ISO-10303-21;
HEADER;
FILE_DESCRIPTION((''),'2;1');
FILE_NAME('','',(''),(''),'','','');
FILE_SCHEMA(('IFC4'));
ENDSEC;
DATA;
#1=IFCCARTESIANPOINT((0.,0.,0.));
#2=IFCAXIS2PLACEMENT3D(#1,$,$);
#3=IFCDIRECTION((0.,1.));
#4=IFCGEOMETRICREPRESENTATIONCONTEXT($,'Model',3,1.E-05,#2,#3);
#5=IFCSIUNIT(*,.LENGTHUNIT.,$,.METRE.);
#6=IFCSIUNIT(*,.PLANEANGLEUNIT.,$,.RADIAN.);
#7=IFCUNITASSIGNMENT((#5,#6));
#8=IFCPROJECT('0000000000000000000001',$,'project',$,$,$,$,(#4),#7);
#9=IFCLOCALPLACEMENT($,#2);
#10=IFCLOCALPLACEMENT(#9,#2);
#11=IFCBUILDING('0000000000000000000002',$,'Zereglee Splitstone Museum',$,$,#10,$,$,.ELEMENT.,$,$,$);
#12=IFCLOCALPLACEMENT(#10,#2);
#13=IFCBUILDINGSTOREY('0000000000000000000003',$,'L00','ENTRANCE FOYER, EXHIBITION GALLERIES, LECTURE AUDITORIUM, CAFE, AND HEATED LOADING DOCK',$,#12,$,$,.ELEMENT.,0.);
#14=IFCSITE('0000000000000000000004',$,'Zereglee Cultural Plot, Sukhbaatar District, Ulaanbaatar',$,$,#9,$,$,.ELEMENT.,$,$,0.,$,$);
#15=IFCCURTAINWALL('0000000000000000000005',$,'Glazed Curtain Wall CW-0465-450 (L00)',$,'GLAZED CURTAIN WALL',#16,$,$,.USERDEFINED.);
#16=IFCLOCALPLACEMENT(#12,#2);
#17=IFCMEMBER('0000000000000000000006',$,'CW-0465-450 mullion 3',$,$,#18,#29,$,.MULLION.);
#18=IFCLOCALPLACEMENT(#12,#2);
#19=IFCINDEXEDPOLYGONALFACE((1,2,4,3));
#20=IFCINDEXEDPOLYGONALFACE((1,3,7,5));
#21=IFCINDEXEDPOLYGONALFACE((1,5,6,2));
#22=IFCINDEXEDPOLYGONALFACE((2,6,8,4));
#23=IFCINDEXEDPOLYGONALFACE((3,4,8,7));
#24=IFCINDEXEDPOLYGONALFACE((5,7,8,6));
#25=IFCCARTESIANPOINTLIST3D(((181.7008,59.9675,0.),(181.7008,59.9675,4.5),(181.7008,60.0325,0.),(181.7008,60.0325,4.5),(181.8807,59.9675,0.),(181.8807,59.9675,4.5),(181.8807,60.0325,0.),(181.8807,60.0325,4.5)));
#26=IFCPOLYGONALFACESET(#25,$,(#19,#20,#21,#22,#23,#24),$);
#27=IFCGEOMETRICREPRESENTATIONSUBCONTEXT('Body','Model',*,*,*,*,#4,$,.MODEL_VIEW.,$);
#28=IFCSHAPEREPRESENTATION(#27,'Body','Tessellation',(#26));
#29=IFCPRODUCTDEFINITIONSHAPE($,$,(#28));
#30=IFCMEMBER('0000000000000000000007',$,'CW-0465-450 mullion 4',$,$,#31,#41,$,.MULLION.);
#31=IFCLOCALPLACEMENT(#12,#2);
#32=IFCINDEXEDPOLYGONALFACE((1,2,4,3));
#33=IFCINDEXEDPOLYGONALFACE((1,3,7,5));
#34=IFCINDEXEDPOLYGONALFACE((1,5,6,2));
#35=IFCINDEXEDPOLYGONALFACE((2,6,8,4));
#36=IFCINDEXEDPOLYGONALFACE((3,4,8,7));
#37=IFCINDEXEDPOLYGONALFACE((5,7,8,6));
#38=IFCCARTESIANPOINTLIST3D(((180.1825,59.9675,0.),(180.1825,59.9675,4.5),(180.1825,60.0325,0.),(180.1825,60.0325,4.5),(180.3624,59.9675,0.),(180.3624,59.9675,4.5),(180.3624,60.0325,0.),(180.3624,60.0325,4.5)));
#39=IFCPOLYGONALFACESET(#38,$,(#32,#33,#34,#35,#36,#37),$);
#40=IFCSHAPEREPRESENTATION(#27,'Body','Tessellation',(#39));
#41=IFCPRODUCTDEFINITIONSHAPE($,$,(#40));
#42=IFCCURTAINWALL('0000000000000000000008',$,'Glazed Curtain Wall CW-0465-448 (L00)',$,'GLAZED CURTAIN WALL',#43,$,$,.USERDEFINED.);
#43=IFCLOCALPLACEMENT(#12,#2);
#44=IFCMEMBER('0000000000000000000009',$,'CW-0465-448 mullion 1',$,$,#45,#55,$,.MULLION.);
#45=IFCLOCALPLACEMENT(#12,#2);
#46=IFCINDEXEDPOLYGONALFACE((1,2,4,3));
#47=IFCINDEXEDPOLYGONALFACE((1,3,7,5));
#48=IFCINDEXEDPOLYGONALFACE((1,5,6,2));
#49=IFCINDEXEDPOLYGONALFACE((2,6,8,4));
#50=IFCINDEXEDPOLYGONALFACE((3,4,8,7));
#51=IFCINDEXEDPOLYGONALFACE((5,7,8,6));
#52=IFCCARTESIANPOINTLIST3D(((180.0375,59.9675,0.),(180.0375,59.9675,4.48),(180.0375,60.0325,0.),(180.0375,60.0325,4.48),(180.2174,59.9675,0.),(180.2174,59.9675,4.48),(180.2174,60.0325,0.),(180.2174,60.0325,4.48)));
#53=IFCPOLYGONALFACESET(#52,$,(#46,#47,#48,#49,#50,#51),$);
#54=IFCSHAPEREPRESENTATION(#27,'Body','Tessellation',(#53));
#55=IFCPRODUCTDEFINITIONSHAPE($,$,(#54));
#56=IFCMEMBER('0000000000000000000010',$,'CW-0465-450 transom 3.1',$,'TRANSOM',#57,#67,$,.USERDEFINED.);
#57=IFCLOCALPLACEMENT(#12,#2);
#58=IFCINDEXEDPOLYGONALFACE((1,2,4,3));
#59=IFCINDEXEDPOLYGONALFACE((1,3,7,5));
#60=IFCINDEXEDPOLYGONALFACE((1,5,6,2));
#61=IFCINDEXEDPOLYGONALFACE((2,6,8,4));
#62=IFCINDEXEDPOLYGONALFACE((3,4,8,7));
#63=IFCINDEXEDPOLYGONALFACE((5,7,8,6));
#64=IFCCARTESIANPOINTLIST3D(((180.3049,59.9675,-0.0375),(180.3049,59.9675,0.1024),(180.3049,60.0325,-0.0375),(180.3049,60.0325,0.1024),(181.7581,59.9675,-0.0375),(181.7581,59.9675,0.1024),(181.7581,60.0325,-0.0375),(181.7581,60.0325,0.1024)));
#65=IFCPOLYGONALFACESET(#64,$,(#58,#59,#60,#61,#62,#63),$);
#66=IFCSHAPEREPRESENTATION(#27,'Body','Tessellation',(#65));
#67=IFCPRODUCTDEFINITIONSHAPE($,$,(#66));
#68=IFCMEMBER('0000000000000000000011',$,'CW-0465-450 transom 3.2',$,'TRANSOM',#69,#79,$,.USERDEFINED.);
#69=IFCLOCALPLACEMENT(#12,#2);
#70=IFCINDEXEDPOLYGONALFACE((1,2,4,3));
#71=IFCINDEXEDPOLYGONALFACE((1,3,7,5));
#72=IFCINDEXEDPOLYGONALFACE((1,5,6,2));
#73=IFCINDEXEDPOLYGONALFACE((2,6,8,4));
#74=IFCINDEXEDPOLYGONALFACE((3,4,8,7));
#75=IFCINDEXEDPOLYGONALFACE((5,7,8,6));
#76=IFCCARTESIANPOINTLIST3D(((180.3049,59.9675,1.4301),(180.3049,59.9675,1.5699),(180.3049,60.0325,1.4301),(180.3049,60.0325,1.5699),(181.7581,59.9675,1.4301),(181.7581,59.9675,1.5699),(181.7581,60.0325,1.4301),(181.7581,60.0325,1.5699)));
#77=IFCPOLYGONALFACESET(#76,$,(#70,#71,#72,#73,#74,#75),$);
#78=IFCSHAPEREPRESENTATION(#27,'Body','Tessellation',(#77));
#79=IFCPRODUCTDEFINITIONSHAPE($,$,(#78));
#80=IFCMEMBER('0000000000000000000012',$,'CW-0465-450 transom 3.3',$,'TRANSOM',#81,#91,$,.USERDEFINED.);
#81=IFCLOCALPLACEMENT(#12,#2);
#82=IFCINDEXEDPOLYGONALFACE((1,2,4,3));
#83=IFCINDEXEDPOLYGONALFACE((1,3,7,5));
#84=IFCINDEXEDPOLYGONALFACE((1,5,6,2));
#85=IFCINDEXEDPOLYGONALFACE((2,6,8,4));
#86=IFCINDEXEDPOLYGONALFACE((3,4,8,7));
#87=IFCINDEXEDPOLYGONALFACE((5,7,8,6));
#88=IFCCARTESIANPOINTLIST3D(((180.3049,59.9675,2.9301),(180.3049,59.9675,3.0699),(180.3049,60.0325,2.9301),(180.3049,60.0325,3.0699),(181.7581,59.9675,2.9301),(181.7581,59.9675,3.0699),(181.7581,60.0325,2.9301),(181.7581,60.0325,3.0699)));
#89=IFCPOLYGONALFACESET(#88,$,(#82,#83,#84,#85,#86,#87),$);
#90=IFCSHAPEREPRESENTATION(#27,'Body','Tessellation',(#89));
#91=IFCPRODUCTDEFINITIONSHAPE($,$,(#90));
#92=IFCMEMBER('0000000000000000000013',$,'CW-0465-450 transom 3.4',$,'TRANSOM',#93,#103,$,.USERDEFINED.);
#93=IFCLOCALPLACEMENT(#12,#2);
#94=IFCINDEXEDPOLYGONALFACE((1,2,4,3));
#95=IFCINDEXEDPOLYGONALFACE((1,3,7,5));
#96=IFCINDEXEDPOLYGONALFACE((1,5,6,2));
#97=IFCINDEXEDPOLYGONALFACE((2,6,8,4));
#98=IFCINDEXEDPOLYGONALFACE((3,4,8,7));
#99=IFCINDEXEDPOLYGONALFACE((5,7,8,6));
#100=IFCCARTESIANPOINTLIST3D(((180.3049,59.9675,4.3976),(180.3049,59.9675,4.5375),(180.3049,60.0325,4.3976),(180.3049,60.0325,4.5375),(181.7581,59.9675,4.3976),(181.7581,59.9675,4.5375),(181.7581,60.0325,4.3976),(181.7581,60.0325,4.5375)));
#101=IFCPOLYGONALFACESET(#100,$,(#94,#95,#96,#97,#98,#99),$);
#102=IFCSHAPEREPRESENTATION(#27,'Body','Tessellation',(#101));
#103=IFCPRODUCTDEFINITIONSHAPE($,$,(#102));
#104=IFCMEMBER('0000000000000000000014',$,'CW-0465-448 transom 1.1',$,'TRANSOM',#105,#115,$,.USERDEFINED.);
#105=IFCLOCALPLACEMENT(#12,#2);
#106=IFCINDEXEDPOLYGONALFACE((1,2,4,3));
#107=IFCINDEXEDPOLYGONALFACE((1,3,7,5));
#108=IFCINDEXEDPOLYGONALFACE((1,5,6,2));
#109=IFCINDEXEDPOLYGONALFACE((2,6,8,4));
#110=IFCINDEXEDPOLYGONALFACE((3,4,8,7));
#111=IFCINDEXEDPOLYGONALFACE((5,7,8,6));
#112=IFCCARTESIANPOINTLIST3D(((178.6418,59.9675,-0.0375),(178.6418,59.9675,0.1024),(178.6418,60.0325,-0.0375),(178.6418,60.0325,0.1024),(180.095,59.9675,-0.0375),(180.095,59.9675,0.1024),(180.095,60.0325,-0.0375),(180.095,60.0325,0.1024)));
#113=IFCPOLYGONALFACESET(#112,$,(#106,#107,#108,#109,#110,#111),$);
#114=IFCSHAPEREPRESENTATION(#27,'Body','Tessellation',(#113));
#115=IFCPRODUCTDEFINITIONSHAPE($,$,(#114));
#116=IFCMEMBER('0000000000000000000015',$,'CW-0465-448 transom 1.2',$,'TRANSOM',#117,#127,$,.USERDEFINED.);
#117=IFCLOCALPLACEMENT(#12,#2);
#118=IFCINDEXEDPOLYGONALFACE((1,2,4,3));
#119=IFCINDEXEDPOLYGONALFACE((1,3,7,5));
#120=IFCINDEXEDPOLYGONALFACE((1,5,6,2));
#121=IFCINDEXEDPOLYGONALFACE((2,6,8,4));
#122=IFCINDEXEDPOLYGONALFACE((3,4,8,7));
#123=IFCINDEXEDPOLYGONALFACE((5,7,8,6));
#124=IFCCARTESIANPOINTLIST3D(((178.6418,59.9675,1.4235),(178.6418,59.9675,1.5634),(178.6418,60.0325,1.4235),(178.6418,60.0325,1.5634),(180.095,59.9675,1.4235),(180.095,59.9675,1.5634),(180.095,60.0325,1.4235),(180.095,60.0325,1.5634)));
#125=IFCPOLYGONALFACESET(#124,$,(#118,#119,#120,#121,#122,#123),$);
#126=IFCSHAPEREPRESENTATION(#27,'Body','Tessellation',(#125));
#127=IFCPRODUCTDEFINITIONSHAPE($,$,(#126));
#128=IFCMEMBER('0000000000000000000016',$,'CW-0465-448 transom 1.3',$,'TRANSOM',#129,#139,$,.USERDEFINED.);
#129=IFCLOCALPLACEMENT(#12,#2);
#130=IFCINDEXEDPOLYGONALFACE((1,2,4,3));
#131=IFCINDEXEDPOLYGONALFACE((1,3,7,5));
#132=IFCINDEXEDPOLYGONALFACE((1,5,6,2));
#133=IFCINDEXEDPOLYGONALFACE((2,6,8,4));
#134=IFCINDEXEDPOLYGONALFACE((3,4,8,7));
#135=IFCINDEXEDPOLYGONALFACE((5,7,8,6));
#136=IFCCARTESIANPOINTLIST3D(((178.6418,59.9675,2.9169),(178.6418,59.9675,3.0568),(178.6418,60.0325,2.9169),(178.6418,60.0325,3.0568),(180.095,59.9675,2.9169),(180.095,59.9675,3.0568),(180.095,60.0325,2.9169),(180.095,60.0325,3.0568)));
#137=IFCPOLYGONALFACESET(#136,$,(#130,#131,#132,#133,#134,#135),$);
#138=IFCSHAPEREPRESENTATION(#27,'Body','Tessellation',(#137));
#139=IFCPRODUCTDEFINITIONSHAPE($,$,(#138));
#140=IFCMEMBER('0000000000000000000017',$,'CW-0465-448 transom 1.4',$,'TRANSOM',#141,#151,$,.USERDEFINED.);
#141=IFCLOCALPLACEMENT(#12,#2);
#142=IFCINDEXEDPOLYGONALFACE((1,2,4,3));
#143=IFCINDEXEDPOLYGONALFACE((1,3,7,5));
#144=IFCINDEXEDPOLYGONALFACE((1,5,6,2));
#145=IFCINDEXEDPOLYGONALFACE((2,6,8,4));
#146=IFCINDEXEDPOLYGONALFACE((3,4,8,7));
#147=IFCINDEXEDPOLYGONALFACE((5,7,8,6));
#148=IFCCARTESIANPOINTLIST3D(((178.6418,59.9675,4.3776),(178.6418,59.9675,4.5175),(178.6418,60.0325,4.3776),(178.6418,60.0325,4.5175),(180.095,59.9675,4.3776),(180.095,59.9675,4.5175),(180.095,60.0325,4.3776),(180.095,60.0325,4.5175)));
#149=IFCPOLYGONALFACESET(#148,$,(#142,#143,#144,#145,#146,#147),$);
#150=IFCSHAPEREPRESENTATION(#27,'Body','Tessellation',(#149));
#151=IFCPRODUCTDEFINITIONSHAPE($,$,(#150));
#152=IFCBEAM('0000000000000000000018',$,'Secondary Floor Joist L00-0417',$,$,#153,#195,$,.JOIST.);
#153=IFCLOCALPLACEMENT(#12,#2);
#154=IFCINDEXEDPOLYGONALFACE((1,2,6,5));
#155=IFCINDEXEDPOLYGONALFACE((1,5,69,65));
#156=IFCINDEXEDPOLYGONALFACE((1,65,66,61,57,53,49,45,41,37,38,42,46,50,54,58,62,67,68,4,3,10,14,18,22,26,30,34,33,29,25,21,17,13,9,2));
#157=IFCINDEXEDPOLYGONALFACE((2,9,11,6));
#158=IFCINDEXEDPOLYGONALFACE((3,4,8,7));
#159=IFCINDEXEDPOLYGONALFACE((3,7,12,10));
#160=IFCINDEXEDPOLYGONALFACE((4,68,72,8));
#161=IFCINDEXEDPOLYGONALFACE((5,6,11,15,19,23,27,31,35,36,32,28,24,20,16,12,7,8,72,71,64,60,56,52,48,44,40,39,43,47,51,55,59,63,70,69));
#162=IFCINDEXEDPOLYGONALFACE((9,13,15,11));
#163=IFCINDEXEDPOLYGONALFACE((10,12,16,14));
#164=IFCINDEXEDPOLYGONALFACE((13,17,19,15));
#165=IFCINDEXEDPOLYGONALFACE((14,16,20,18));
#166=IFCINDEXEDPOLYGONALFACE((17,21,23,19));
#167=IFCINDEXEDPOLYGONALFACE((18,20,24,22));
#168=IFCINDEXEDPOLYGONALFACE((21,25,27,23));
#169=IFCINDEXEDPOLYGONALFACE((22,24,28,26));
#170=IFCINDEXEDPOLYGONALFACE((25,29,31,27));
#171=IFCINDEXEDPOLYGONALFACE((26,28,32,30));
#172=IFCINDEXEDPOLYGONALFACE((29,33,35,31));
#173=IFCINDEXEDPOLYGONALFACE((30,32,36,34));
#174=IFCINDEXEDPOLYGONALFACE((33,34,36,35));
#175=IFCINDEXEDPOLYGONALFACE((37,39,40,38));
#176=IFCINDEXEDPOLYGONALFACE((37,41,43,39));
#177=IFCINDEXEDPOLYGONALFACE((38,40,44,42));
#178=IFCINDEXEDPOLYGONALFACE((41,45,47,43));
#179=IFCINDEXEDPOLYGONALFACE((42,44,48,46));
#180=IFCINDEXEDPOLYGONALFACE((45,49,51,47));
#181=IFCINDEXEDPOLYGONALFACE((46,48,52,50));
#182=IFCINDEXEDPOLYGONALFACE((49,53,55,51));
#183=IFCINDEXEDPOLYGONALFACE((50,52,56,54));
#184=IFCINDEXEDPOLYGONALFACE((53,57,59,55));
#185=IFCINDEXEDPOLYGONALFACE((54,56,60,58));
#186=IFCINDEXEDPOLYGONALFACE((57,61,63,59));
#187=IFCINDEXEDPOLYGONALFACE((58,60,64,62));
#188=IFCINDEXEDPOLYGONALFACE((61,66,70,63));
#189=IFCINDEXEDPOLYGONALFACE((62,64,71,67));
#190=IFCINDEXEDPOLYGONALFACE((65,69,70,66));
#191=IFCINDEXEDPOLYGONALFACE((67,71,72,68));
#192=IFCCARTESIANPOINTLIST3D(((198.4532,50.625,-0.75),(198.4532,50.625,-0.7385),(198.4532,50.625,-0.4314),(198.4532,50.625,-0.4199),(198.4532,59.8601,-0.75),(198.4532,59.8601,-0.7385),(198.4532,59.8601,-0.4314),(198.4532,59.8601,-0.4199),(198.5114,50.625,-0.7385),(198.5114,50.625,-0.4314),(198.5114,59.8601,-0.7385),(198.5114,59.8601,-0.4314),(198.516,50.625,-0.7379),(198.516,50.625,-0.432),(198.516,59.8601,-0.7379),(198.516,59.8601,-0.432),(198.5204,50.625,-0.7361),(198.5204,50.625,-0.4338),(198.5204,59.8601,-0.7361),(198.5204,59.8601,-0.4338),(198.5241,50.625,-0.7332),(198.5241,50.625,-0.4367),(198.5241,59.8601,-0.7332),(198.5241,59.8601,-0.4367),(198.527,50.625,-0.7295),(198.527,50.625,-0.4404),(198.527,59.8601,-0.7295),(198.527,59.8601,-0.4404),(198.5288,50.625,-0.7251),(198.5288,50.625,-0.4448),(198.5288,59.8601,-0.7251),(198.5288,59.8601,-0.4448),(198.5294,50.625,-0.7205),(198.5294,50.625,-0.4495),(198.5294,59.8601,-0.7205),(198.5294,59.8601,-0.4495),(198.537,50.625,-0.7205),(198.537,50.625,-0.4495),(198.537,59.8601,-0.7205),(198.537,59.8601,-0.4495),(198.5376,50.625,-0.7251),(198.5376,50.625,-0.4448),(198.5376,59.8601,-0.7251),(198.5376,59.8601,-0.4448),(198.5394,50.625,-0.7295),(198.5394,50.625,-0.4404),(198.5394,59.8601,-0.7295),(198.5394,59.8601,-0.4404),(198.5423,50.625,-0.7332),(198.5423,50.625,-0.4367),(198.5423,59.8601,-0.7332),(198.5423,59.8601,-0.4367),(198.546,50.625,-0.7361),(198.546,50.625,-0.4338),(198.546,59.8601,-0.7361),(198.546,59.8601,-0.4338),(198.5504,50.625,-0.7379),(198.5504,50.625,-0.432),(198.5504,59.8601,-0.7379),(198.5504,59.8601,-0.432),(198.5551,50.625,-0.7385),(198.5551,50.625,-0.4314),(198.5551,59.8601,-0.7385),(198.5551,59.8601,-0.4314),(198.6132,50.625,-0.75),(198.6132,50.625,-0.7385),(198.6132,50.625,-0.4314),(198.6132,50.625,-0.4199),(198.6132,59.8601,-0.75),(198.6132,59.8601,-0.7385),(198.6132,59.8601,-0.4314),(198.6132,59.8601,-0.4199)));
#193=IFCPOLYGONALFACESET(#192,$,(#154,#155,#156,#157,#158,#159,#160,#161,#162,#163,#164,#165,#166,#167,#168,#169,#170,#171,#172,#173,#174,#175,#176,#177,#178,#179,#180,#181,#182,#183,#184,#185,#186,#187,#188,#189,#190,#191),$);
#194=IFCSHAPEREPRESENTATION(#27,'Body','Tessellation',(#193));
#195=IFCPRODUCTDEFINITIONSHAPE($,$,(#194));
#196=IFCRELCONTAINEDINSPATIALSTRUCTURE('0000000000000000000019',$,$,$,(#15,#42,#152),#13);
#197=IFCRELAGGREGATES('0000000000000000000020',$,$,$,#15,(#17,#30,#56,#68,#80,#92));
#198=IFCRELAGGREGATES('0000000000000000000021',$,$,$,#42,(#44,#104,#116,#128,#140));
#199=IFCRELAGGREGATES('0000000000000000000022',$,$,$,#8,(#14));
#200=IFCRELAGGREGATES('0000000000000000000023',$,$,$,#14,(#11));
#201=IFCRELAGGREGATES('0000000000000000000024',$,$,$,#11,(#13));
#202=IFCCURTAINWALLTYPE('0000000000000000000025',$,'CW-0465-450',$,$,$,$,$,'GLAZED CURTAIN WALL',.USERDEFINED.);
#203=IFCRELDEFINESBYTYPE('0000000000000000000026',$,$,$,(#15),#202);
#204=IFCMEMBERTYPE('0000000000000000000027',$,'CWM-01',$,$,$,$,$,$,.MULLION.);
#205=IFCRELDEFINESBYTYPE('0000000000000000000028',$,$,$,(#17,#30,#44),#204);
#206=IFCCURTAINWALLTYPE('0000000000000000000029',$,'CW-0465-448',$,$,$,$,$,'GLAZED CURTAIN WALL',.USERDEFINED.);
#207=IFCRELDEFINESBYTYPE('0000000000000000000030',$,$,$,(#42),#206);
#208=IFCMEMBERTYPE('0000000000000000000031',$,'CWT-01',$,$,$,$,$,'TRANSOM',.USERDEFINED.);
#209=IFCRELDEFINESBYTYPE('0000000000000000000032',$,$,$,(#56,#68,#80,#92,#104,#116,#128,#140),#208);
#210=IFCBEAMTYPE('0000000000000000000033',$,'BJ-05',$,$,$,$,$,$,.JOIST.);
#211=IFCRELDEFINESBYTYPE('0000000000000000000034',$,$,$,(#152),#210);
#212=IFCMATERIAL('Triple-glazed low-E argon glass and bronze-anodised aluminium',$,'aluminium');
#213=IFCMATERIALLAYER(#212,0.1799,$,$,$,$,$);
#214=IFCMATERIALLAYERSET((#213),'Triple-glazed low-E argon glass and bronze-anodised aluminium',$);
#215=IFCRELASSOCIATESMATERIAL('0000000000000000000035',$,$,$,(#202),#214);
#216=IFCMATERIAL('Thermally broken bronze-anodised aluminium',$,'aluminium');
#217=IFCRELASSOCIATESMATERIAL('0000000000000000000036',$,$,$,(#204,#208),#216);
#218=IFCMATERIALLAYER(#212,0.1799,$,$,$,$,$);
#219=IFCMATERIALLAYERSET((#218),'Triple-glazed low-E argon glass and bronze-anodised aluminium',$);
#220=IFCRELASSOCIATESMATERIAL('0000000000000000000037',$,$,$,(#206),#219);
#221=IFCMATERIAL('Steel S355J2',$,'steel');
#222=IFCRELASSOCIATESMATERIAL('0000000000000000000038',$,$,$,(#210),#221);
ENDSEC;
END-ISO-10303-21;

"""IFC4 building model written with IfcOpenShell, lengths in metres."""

from ifc_helpers import new_model, si_unit, direction, frame, origin, origin_2d, place, context, subcontext, project, spatial, rectangle, i_section, extrude, material, layer, layer_set, material_profile, profile_set, type_object, element, aggregate, save


model = new_model("IFC4")

# Units and contexts
model_context = context("Model", 3, precision=1e-05, world=origin(), true_north=direction((0.0, 1.0)))
body_context = subcontext(model_context, "Body", "Model", "MODEL_VIEW")
ifc_project = project(units=[si_unit("LENGTHUNIT", "METRE"), si_unit("PLANEANGLEUNIT", "RADIAN")], contexts=[model_context])

# Site, building, storey
site_placement = place(None, origin())
site = spatial("IfcSite", under=ifc_project, at=site_placement, Name="Zereglee Cultural Plot, Sukhbaatar District, Ulaanbaatar", CompositionType="ELEMENT", RefElevation=0.0)
building_placement = place(site_placement, origin())
building = spatial("IfcBuilding", under=site, at=building_placement, Name="Zereglee Splitstone Museum", CompositionType="ELEMENT")
storey_placement = place(building_placement, origin())
storey = spatial("IfcBuildingStorey", under=building, at=storey_placement, Name="L00", Description="ENTRANCE FOYER, EXHIBITION GALLERIES, LECTURE AUDITORIUM, CAFE, AND HEATED LOADING DOCK", CompositionType="ELEMENT", Elevation=0.0)

# Curtain wall, members
ifc_material_1 = material(Name="Triple-glazed low-E argon glass and bronze-anodised aluminium", Category="aluminium")
ifc_layer_1 = layer(ifc_material_1, 0.1799)
ifc_layer_set_1 = layer_set([ifc_layer_1], Name="Triple-glazed low-E argon glass and bronze-anodised aluminium")
curtain_wall_type_1 = type_object("IfcCurtainWallType", Name="CW-0465-450", ElementType="GLAZED CURTAIN WALL", PredefinedType="USERDEFINED", material=ifc_layer_set_1)
curtain_wall_1_placement = place(storey_placement, origin())
curtain_wall_1 = element("IfcCurtainWall", 1, at=curtain_wall_1_placement, inside=storey, type_object=curtain_wall_type_1, Name="Glazed Curtain Wall CW-0465-450 (L00)", ObjectType="GLAZED CURTAIN WALL", PredefinedType="USERDEFINED")
ifc_material_2 = material(Name="Thermally broken bronze-anodised aluminium", Category="aluminium")
ifc_material_profile_1 = material_profile(ifc_material_2, rectangle(XDim=0.0649, YDim=0.1799, at=origin_2d()), Name="CW MULL 65x180")
ifc_profile_set_1 = profile_set([ifc_material_profile_1], Name="Thermally broken bronze-anodised aluminium")
member_type_1 = type_object("IfcMemberType", Name="CWM-01", PredefinedType="MULLION", material=ifc_profile_set_1)
member_1_placement = place(storey_placement, frame((181.7908, 60.0, 0.0), z_axis=(0.0, 0.0, 1.0), x_axis=(0.0, -1.0, 0.0)))
member_1 = element("IfcMember", 2, at=member_1_placement, type_object=member_type_1, Name="CW-0465-450 mullion 3", PredefinedType="MULLION", context=body_context, shape_type="SweptSolid", body=[
    extrude(rectangle(XDim=0.0649, YDim=0.1799, at=origin_2d()), origin(), (0.0, 0.0, 1.0), 4.5),
])
member_2_placement = place(storey_placement, frame((180.2725, 60.0, 0.0), z_axis=(0.0, 0.0, 1.0), x_axis=(0.0, -1.0, 0.0)))
member_2 = element("IfcMember", 3, at=member_2_placement, type_object=member_type_1, Name="CW-0465-450 mullion 4", PredefinedType="MULLION", context=body_context, shape_type="SweptSolid", body=[
    extrude(rectangle(XDim=0.0649, YDim=0.1799, at=origin_2d()), origin(), (0.0, 0.0, 1.0), 4.5),
])

# Curtain wall, member
ifc_layer_2 = layer(ifc_material_1, 0.1799)
ifc_layer_set_2 = layer_set([ifc_layer_2], Name="Triple-glazed low-E argon glass and bronze-anodised aluminium")
curtain_wall_type_2 = type_object("IfcCurtainWallType", Name="CW-0465-448", ElementType="GLAZED CURTAIN WALL", PredefinedType="USERDEFINED", material=ifc_layer_set_2)
curtain_wall_2_placement = place(storey_placement, origin())
curtain_wall_2 = element("IfcCurtainWall", 4, at=curtain_wall_2_placement, inside=storey, type_object=curtain_wall_type_2, Name="Glazed Curtain Wall CW-0465-448 (L00)", ObjectType="GLAZED CURTAIN WALL", PredefinedType="USERDEFINED")
member_3_placement = place(storey_placement, frame((180.1274, 60.0, 0.0), z_axis=(0.0, 0.0, 1.0), x_axis=(0.0, -1.0, 0.0)))
member_3 = element("IfcMember", 5, at=member_3_placement, type_object=member_type_1, Name="CW-0465-448 mullion 1", PredefinedType="MULLION", context=body_context, shape_type="SweptSolid", body=[
    extrude(rectangle(XDim=0.0649, YDim=0.1799, at=origin_2d()), origin(), (0.0, 0.0, 1.0), 4.48),
])

# Members
ifc_material_profile_2 = material_profile(ifc_material_2, rectangle(XDim=0.0649, YDim=0.1399, at=origin_2d()), Name="CW TRAN 65x140")
ifc_profile_set_2 = profile_set([ifc_material_profile_2], Name="Thermally broken bronze-anodised aluminium")
member_type_2 = type_object("IfcMemberType", Name="CWT-01", ElementType="TRANSOM", PredefinedType="USERDEFINED", material=ifc_profile_set_2)
member_4_placement = place(storey_placement, frame((181.7581, 60.0, 0.0325), z_axis=(-1.0, 0.0, 0.0), x_axis=(0.0, -1.0, 0.0)))
member_4 = element("IfcMember", 6, at=member_4_placement, type_object=member_type_2, Name="CW-0465-450 transom 3.1", ObjectType="TRANSOM", PredefinedType="USERDEFINED", context=body_context, shape_type="SweptSolid", body=[
    extrude(rectangle(XDim=0.0649, YDim=0.1399, at=origin_2d()), origin(), (0.0, 0.0, 1.0), 1.4531),
])
member_5_placement = place(storey_placement, frame((181.7581, 60.0, 1.5), z_axis=(-1.0, 0.0, 0.0), x_axis=(0.0, -1.0, 0.0)))
member_5 = element("IfcMember", 7, at=member_5_placement, type_object=member_type_2, Name="CW-0465-450 transom 3.2", ObjectType="TRANSOM", PredefinedType="USERDEFINED", context=body_context, shape_type="SweptSolid", body=[
    extrude(rectangle(XDim=0.0649, YDim=0.1399, at=origin_2d()), origin(), (0.0, 0.0, 1.0), 1.4531),
])
member_6_placement = place(storey_placement, frame((181.7581, 60.0, 3.0), z_axis=(-1.0, 0.0, 0.0), x_axis=(0.0, -1.0, 0.0)))
member_6 = element("IfcMember", 8, at=member_6_placement, type_object=member_type_2, Name="CW-0465-450 transom 3.3", ObjectType="TRANSOM", PredefinedType="USERDEFINED", context=body_context, shape_type="SweptSolid", body=[
    extrude(rectangle(XDim=0.0649, YDim=0.1399, at=origin_2d()), origin(), (0.0, 0.0, 1.0), 1.4531),
])
member_7_placement = place(storey_placement, frame((181.7581, 60.0, 4.4675), z_axis=(-1.0, 0.0, 0.0), x_axis=(0.0, -1.0, 0.0)))
member_7 = element("IfcMember", 9, at=member_7_placement, type_object=member_type_2, Name="CW-0465-450 transom 3.4", ObjectType="TRANSOM", PredefinedType="USERDEFINED", context=body_context, shape_type="SweptSolid", body=[
    extrude(rectangle(XDim=0.0649, YDim=0.1399, at=origin_2d()), origin(), (0.0, 0.0, 1.0), 1.4531),
])
member_8_placement = place(storey_placement, frame((180.095, 60.0, 0.0325), z_axis=(-1.0, 0.0, 0.0), x_axis=(0.0, -1.0, 0.0)))
member_8 = element("IfcMember", 10, at=member_8_placement, type_object=member_type_2, Name="CW-0465-448 transom 1.1", ObjectType="TRANSOM", PredefinedType="USERDEFINED", context=body_context, shape_type="SweptSolid", body=[
    extrude(rectangle(XDim=0.0649, YDim=0.1399, at=origin_2d()), origin(), (0.0, 0.0, 1.0), 1.4531),
])
member_9_placement = place(storey_placement, frame((180.095, 60.0, 1.4934), z_axis=(-1.0, 0.0, 0.0), x_axis=(0.0, -1.0, 0.0)))
member_9 = element("IfcMember", 11, at=member_9_placement, type_object=member_type_2, Name="CW-0465-448 transom 1.2", ObjectType="TRANSOM", PredefinedType="USERDEFINED", context=body_context, shape_type="SweptSolid", body=[
    extrude(rectangle(XDim=0.0649, YDim=0.1399, at=origin_2d()), origin(), (0.0, 0.0, 1.0), 1.4531),
])
member_10_placement = place(storey_placement, frame((180.095, 60.0, 2.9868), z_axis=(-1.0, 0.0, 0.0), x_axis=(0.0, -1.0, 0.0)))
member_10 = element("IfcMember", 12, at=member_10_placement, type_object=member_type_2, Name="CW-0465-448 transom 1.3", ObjectType="TRANSOM", PredefinedType="USERDEFINED", context=body_context, shape_type="SweptSolid", body=[
    extrude(rectangle(XDim=0.0649, YDim=0.1399, at=origin_2d()), origin(), (0.0, 0.0, 1.0), 1.4531),
])
member_11_placement = place(storey_placement, frame((180.095, 60.0, 4.4475), z_axis=(-1.0, 0.0, 0.0), x_axis=(0.0, -1.0, 0.0)))
member_11 = element("IfcMember", 13, at=member_11_placement, type_object=member_type_2, Name="CW-0465-448 transom 1.4", ObjectType="TRANSOM", PredefinedType="USERDEFINED", context=body_context, shape_type="SweptSolid", body=[
    extrude(rectangle(XDim=0.0649, YDim=0.1399, at=origin_2d()), origin(), (0.0, 0.0, 1.0), 1.4531),
])

# Beam
ifc_material_3 = material(Name="Steel S355J2", Category="steel")
ifc_material_profile_3 = material_profile(ifc_material_3, i_section(OverallWidth=0.1599, OverallDepth=0.3301, WebThickness=0.0076, FlangeThickness=0.0115, FilletRadius=0.0181, at=origin_2d()), Name="IPE 330")
ifc_profile_set_3 = profile_set([ifc_material_profile_3], Name="Steel S355J2")
beam_type_1 = type_object("IfcBeamType", Name="BJ-05", PredefinedType="JOIST", material=ifc_profile_set_3)
beam_1_placement = place(storey_placement, frame((198.5332, 50.625, -0.585), z_axis=(0.0, 1.0, 0.0), x_axis=(-1.0, 0.0, 0.0)))
element("IfcBeam", 14, at=beam_1_placement, inside=storey, type_object=beam_type_1, Name="Secondary Floor Joist L00-0417", PredefinedType="JOIST", context=body_context, shape_type="SweptSolid", body=[
    extrude(i_section(OverallWidth=0.1599, OverallDepth=0.3301, WebThickness=0.0076, FlangeThickness=0.0115, FilletRadius=0.0181, at=origin_2d()), origin(), (0.0, 0.0, 1.0), 9.2351),
])

aggregate(curtain_wall_1, [member_1, member_2, member_4, member_5, member_6, member_7])
aggregate(curtain_wall_2, [member_3, member_8, member_9, member_10, member_11])

save(model, "model.ifc")
